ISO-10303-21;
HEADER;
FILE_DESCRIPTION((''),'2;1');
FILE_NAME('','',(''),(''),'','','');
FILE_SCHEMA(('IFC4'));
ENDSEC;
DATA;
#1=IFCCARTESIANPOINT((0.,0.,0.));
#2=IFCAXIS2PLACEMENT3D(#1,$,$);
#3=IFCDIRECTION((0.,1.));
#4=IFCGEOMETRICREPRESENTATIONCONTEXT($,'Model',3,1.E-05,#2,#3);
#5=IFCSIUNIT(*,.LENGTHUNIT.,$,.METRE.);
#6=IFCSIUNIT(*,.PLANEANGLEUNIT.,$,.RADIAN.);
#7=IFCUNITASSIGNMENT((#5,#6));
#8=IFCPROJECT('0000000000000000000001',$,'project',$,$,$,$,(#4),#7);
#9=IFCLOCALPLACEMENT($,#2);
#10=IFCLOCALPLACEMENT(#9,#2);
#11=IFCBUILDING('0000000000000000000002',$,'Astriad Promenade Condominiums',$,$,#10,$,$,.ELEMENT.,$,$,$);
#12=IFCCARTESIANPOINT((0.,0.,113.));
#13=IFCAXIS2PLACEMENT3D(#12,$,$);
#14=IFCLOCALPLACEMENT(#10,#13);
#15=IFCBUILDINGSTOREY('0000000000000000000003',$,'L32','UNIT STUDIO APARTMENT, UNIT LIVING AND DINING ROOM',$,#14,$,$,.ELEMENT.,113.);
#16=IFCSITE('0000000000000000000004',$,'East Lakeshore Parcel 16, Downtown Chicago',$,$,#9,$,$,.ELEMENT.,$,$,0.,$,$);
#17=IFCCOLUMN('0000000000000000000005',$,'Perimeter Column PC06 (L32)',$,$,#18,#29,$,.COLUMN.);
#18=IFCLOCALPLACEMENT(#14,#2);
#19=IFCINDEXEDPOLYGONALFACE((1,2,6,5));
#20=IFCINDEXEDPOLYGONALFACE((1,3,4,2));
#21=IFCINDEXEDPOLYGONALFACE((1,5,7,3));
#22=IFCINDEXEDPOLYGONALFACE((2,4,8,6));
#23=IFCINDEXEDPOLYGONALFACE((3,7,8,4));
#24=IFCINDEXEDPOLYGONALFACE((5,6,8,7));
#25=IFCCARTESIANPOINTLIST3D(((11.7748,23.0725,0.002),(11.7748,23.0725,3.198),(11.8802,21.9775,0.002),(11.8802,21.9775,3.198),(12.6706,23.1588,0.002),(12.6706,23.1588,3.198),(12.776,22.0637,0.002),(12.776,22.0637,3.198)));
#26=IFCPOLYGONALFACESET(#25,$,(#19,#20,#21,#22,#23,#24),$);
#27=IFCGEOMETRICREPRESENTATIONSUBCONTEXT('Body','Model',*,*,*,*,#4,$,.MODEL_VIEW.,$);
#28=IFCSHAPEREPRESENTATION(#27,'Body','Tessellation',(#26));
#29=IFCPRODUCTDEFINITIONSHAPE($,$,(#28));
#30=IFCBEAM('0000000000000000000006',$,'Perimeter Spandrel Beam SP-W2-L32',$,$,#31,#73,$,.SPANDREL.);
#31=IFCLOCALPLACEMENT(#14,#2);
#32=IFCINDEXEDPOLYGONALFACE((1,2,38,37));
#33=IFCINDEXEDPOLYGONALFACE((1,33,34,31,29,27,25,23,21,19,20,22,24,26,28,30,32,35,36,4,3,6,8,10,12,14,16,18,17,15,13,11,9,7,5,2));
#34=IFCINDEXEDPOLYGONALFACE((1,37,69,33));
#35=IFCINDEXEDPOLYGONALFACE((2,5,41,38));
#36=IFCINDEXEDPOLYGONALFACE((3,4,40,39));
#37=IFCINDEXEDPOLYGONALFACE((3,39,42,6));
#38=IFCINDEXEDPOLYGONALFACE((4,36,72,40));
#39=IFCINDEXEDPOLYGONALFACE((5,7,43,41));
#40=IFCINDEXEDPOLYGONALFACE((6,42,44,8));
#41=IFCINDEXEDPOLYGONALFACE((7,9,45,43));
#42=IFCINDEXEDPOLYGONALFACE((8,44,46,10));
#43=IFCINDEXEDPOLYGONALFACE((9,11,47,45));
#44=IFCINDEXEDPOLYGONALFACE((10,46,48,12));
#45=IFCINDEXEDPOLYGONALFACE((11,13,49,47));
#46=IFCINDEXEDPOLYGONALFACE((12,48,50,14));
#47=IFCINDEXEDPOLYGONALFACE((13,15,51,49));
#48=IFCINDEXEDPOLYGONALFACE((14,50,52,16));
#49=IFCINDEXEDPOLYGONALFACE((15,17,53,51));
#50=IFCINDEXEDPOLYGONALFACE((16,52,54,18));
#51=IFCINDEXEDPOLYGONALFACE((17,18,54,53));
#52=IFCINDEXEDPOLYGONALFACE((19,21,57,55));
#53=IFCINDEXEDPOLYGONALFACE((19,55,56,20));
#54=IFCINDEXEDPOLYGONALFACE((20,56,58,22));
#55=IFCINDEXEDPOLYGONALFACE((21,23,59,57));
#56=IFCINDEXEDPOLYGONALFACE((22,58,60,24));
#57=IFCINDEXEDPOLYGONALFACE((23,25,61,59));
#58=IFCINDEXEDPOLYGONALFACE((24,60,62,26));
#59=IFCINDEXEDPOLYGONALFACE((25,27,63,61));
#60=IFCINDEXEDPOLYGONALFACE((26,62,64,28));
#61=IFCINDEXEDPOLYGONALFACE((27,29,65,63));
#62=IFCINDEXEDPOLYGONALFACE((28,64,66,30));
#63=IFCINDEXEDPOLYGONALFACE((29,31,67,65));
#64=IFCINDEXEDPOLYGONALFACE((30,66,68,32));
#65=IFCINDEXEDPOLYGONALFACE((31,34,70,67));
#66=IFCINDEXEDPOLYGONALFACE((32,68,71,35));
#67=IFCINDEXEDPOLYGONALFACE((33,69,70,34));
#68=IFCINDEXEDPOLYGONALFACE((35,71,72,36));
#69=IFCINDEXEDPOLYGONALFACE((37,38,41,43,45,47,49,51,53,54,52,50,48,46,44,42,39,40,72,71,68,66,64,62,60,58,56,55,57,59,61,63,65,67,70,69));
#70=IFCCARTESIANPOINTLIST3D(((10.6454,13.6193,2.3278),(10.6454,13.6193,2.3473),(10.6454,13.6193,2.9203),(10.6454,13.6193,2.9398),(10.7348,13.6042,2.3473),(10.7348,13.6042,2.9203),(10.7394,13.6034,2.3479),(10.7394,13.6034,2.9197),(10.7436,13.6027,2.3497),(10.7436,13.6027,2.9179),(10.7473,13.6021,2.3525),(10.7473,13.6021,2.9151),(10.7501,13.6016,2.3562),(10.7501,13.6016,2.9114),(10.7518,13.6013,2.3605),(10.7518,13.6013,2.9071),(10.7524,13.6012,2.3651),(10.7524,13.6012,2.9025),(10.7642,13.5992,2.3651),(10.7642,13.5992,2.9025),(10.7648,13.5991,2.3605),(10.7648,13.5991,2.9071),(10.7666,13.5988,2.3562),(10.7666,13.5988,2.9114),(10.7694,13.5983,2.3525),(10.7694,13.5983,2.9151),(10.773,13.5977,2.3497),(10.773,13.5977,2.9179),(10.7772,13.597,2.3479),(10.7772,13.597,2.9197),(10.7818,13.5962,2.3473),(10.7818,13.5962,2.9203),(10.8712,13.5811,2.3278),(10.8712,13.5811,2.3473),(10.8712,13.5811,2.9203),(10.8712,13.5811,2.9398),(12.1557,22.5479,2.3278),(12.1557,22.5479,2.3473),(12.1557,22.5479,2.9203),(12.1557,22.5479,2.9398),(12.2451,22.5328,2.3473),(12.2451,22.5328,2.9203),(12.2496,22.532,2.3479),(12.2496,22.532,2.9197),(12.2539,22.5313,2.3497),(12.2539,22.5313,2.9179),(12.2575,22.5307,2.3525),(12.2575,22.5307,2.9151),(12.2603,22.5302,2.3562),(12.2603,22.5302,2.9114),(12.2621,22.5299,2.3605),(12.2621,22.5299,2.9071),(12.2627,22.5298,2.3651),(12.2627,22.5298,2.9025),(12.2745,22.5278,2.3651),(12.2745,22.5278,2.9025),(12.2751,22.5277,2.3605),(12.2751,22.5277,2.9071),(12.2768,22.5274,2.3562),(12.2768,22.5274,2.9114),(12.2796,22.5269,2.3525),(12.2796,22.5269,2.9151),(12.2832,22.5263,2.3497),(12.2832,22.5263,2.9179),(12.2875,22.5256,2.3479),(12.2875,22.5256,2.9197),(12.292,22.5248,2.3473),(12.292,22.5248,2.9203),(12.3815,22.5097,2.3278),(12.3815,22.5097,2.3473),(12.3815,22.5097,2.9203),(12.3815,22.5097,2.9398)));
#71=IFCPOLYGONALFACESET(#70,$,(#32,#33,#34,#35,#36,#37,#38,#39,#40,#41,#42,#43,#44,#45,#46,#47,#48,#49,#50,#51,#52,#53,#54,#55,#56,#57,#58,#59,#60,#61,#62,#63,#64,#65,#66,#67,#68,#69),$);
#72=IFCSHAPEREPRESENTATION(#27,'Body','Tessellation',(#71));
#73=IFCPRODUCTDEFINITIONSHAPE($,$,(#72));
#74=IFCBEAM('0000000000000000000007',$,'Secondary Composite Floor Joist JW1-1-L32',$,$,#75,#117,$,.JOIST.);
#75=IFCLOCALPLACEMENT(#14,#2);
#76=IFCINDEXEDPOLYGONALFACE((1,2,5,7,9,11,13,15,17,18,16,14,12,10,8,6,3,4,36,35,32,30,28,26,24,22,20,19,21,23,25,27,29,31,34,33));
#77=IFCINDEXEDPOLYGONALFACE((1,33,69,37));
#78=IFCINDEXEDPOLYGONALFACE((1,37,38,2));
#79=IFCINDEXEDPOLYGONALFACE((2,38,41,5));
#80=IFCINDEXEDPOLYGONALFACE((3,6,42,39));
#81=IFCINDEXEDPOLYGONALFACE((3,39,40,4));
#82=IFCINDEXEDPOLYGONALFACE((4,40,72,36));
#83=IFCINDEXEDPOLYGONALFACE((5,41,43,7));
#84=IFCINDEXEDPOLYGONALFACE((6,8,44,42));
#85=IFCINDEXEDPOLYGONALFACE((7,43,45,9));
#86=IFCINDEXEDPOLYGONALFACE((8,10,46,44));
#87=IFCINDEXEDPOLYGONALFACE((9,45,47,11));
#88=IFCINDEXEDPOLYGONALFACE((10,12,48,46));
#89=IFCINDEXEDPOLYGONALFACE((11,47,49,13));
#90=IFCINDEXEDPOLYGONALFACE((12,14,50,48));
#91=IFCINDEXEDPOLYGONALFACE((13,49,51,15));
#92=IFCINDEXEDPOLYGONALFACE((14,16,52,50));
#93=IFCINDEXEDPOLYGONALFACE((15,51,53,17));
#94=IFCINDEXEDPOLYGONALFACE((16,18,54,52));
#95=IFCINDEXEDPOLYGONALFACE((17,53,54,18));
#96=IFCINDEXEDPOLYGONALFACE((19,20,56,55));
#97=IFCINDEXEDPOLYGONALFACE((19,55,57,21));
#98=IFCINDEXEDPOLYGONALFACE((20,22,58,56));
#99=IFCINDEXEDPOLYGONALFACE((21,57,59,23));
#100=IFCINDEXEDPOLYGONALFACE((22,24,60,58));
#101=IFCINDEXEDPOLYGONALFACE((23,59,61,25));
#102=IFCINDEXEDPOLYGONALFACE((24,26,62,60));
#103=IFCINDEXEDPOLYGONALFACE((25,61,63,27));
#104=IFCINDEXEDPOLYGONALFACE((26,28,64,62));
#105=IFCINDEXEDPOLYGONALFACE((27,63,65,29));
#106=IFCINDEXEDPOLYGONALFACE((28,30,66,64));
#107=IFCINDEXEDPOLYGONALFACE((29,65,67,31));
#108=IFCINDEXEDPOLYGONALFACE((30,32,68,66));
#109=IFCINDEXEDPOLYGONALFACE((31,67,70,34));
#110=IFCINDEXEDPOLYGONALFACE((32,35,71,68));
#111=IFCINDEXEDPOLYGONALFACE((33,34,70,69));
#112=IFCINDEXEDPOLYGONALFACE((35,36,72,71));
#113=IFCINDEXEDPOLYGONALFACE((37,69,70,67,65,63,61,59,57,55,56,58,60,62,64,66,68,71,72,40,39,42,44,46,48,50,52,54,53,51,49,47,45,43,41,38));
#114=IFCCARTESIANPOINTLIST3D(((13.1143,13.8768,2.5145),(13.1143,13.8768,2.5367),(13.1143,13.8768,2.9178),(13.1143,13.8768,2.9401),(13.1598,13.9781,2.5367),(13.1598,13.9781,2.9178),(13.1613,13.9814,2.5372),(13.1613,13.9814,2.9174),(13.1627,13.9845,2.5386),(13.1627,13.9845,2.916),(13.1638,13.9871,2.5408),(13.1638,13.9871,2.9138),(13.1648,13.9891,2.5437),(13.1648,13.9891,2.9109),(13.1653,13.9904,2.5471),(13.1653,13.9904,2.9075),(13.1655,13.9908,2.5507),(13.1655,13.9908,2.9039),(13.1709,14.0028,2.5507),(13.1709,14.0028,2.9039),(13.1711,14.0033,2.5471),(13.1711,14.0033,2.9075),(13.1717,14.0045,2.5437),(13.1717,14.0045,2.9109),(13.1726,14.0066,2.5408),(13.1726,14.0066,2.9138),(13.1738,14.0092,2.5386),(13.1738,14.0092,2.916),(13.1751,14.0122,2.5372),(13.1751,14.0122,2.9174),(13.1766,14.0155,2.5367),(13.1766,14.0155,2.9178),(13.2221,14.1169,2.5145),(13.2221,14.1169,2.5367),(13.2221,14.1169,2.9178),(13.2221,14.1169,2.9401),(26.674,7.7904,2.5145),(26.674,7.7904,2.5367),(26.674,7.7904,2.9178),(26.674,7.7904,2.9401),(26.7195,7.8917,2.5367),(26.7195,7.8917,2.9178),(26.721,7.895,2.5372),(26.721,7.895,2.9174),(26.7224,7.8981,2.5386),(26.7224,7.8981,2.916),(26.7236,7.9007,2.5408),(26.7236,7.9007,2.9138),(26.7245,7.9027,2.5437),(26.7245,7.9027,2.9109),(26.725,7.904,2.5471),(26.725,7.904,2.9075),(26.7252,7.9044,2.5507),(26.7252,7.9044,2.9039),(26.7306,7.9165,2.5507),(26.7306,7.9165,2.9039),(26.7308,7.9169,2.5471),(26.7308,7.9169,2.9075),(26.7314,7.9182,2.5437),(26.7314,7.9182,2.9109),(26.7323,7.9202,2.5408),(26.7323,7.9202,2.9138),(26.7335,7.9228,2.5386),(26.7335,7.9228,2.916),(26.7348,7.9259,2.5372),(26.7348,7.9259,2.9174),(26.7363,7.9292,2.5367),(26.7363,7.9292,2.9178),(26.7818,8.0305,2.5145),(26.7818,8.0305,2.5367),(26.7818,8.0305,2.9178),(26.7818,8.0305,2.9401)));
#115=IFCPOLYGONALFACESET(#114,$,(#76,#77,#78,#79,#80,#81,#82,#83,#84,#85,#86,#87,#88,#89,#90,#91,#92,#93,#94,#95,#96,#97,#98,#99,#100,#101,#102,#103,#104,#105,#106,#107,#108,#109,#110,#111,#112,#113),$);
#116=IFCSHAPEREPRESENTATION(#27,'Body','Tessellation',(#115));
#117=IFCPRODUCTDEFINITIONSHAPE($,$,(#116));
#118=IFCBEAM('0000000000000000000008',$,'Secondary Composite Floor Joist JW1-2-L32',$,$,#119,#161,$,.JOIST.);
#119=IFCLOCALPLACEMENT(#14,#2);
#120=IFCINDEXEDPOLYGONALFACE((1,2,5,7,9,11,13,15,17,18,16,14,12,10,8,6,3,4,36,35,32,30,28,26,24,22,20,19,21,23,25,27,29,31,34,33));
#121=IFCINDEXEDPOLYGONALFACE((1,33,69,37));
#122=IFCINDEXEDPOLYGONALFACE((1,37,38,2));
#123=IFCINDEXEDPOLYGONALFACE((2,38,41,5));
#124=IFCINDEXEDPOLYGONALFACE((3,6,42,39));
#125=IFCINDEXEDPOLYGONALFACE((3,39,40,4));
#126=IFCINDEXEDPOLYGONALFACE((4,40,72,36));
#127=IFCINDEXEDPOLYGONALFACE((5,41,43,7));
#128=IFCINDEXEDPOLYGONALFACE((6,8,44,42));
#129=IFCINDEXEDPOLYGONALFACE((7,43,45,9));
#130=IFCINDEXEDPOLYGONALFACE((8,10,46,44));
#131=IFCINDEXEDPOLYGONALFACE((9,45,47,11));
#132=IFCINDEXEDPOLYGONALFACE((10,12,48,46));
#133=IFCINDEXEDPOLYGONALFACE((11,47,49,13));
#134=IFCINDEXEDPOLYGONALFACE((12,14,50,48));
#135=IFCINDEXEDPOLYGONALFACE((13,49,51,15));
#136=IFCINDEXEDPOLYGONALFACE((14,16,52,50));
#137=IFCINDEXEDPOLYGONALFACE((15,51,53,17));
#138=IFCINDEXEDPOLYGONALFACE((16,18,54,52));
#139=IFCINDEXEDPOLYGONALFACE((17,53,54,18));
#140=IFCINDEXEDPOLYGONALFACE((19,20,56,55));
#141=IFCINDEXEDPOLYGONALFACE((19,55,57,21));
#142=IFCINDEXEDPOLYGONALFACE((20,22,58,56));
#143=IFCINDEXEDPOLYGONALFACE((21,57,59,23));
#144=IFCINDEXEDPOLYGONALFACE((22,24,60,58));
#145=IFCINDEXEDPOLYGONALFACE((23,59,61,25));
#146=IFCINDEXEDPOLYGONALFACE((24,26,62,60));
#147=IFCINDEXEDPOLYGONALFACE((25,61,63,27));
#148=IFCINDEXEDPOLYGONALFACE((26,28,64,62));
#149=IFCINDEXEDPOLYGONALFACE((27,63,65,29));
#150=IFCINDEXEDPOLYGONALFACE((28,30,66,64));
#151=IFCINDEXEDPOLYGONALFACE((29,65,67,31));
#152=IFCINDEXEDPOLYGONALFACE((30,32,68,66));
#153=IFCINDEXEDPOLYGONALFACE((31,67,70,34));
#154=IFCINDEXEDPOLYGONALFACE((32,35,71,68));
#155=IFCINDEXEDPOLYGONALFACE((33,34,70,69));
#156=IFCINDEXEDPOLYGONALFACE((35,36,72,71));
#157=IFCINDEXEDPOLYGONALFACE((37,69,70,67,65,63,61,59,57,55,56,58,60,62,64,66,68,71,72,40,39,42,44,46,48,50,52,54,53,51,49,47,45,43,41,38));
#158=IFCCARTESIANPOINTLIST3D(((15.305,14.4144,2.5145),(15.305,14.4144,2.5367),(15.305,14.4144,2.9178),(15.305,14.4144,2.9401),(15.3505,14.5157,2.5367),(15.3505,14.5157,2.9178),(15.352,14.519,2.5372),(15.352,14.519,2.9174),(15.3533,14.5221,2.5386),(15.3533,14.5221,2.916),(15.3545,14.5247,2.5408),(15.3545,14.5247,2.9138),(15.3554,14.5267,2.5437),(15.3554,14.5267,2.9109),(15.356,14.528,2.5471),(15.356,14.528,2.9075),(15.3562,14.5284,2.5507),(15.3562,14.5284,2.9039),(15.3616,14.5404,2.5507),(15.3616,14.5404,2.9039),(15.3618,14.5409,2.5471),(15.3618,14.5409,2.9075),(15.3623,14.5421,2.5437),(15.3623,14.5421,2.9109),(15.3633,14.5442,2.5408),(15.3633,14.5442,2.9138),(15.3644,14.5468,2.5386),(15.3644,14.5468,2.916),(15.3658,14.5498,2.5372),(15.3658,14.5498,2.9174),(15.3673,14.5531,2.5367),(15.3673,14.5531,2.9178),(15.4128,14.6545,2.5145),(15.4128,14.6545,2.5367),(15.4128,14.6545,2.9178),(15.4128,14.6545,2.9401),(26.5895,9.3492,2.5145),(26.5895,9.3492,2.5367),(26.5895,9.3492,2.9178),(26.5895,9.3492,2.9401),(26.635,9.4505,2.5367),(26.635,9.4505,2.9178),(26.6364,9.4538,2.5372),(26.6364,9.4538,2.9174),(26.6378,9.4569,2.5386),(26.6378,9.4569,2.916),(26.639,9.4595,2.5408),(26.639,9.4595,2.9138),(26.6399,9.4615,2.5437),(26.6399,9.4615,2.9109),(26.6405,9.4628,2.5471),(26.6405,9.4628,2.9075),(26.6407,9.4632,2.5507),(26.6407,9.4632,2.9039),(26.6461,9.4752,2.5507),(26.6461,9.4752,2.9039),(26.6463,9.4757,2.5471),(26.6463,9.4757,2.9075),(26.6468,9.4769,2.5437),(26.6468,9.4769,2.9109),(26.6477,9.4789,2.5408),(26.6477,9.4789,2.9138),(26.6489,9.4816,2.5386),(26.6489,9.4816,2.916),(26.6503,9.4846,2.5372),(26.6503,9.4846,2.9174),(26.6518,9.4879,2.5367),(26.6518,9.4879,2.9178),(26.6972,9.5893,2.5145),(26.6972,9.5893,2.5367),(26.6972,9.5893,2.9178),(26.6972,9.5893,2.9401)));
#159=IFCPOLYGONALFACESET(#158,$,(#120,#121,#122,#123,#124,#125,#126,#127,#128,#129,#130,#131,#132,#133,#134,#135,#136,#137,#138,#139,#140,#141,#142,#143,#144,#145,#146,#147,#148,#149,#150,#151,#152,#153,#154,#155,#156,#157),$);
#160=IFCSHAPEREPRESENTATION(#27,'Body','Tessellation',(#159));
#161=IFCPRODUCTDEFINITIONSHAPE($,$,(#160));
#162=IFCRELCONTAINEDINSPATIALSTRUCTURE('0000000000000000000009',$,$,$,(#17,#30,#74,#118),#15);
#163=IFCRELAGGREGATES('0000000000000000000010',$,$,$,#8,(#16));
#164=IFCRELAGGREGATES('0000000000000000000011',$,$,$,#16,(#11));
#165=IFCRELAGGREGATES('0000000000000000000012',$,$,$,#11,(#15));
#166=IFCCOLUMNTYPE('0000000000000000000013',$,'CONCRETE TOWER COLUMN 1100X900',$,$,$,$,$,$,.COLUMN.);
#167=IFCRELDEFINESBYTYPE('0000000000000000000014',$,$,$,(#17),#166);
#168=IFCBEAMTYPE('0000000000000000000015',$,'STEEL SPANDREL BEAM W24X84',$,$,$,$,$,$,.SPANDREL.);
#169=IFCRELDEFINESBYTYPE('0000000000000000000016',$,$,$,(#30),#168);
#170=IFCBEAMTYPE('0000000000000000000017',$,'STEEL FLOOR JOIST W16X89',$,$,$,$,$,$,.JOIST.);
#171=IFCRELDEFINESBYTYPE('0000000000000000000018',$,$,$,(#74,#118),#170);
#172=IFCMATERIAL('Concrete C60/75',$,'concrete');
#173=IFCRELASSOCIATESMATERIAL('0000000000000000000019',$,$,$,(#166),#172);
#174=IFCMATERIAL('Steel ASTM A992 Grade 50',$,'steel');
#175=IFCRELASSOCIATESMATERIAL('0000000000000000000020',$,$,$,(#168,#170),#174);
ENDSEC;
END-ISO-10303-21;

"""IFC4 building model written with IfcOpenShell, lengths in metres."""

from ifc_helpers import new_model, si_unit, direction, frame, origin, origin_2d, place, context, subcontext, project, spatial, rectangle, i_section, extrude, source, transform, mapped, material, material_profile, profile_set, type_object, type_shapes, element, save


model = new_model("IFC4")

# Units and contexts
model_context = context("Model", 3, precision=1e-05, world=origin(), true_north=direction((0.0, 1.0)))
body_context = subcontext(model_context, "Body", "Model", "MODEL_VIEW")
ifc_project = project(units=[si_unit("LENGTHUNIT", "METRE"), si_unit("PLANEANGLEUNIT", "RADIAN")], contexts=[model_context])

# Site, building, storey
site_placement = place(None, origin())
site = spatial("IfcSite", under=ifc_project, at=site_placement, Name="East Lakeshore Parcel 16, Downtown Chicago", CompositionType="ELEMENT", RefElevation=0.0)
building_placement = place(site_placement, origin())
building = spatial("IfcBuilding", under=site, at=building_placement, Name="Astriad Promenade Condominiums", CompositionType="ELEMENT")
storey_placement = place(building_placement, frame((0.0, 0.0, 113.0)))
storey = spatial("IfcBuildingStorey", under=building, at=storey_placement, Name="L32", Description="UNIT STUDIO APARTMENT, UNIT LIVING AND DINING ROOM", CompositionType="ELEMENT", Elevation=113.0)

# Column
ifc_material_1 = material(Name="Concrete C60/75", Category="concrete")
ifc_material_profile_1 = material_profile(ifc_material_1, rectangle(XDim=0.8999, YDim=1.1001, at=origin_2d()), Name="RC-COL-1100X900")
ifc_profile_set_1 = profile_set([ifc_material_profile_1], Name="Concrete C60/75")
column_type = type_object("IfcColumnType", Name="CONCRETE TOWER COLUMN 1100X900", PredefinedType="COLUMN", material=ifc_profile_set_1)
shared_shape_1 = source(origin(), body_context, "Body", "SweptSolid", [
    extrude(rectangle(XDim=0.8999, YDim=1.1001, at=origin_2d()), origin(), (0.0, 0.0, 1.0), 3.196),
])
type_shapes(column_type, [shared_shape_1])
column_placement = place(storey_placement, frame((12.2754, 22.5681, 0.002), z_axis=(0.0, 0.0, 1.0), x_axis=(0.995396, 0.095846, 0.0)))
element("IfcColumn", 1, at=column_placement, inside=storey, type_object=column_type, Name="Perimeter Column PC06 (L32)", PredefinedType="COLUMN", context=body_context, shape_type="MappedRepresentation", body=[
    mapped(shared_shape_1, transform((0.0, 0.0, 0.0), scale=1.0)),
])

# Beams
ifc_material_2 = material(Name="Steel ASTM A992 Grade 50", Category="steel")
ifc_material_profile_2 = material_profile(ifc_material_2, i_section(OverallWidth=0.229, OverallDepth=0.6121, WebThickness=0.012, FlangeThickness=0.0195, FilletRadius=0.0178, at=origin_2d()), Name="W24X84")
ifc_profile_set_2 = profile_set([ifc_material_profile_2], Name="Steel ASTM A992 Grade 50")
beam_type_1 = type_object("IfcBeamType", Name="STEEL SPANDREL BEAM W24X84", PredefinedType="SPANDREL", material=ifc_profile_set_2)
shared_shape_2 = source(origin(), body_context, "Body", "SweptSolid", [
    extrude(i_section(OverallWidth=0.229, OverallDepth=0.6121, WebThickness=0.012, FlangeThickness=0.0195, FilletRadius=0.0178, at=origin_2d()), origin(), (0.0, 0.0, 1.0), 9.0554),
])
type_shapes(beam_type_1, [shared_shape_2])
beam_1_placement = place(storey_placement, frame((12.2686, 22.5288, 2.6338), z_axis=(-0.166777, -0.985995, 0.0), x_axis=(0.985995, -0.166777, 0.0)))
element("IfcBeam", 2, at=beam_1_placement, inside=storey, type_object=beam_type_1, Name="Perimeter Spandrel Beam SP-W2-L32", PredefinedType="SPANDREL", context=body_context, shape_type="MappedRepresentation", body=[
    mapped(shared_shape_2, transform((0.0, 0.0, 0.0), scale=1.0)),
])
ifc_material_profile_3 = material_profile(ifc_material_2, i_section(OverallWidth=0.2632, OverallDepth=0.4255, WebThickness=0.0132, FlangeThickness=0.0222, FilletRadius=0.0139, at=origin_2d()), Name="W16X89")
ifc_profile_set_3 = profile_set([ifc_material_profile_3], Name="Steel ASTM A992 Grade 50")
beam_type_2 = type_object("IfcBeamType", Name="STEEL FLOOR JOIST W16X89", PredefinedType="JOIST", material=ifc_profile_set_3)
shared_shape_3 = source(origin(), body_context, "Body", "SweptSolid", [
    extrude(i_section(OverallWidth=0.2632, OverallDepth=0.4255, WebThickness=0.0132, FlangeThickness=0.0222, FilletRadius=0.0139, at=origin_2d()), origin(), (0.0, 0.0, 1.0), 14.863),
])
beam_2_placement = place(storey_placement, frame((13.1682, 13.9968, 2.7273), z_axis=(0.912311, -0.409498, 0.0), x_axis=(0.409498, 0.912311, 0.0)))
element("IfcBeam", 3, at=beam_2_placement, inside=storey, type_object=beam_type_2, Name="Secondary Composite Floor Joist JW1-1-L32", PredefinedType="JOIST", context=body_context, shape_type="MappedRepresentation", body=[
    mapped(shared_shape_3, transform((0.0, 0.0, 0.0), scale=1.0)),
])
shared_shape_4 = source(origin(), body_context, "Body", "SweptSolid", [
    extrude(i_section(OverallWidth=0.2632, OverallDepth=0.4255, WebThickness=0.0132, FlangeThickness=0.0222, FilletRadius=0.0139, at=origin_2d()), origin(), (0.0, 0.0, 1.0), 12.3691),
])
beam_3_placement = place(storey_placement, frame((15.3589, 14.5344, 2.7273), z_axis=(0.912309, -0.409504, 0.0), x_axis=(0.409504, 0.912309, 0.0)))
element("IfcBeam", 4, at=beam_3_placement, inside=storey, type_object=beam_type_2, Name="Secondary Composite Floor Joist JW1-2-L32", PredefinedType="JOIST", context=body_context, shape_type="MappedRepresentation", body=[
    mapped(shared_shape_4, transform((0.0, 0.0, 0.0), scale=1.0)),
])

save(model, "model.ifc")
